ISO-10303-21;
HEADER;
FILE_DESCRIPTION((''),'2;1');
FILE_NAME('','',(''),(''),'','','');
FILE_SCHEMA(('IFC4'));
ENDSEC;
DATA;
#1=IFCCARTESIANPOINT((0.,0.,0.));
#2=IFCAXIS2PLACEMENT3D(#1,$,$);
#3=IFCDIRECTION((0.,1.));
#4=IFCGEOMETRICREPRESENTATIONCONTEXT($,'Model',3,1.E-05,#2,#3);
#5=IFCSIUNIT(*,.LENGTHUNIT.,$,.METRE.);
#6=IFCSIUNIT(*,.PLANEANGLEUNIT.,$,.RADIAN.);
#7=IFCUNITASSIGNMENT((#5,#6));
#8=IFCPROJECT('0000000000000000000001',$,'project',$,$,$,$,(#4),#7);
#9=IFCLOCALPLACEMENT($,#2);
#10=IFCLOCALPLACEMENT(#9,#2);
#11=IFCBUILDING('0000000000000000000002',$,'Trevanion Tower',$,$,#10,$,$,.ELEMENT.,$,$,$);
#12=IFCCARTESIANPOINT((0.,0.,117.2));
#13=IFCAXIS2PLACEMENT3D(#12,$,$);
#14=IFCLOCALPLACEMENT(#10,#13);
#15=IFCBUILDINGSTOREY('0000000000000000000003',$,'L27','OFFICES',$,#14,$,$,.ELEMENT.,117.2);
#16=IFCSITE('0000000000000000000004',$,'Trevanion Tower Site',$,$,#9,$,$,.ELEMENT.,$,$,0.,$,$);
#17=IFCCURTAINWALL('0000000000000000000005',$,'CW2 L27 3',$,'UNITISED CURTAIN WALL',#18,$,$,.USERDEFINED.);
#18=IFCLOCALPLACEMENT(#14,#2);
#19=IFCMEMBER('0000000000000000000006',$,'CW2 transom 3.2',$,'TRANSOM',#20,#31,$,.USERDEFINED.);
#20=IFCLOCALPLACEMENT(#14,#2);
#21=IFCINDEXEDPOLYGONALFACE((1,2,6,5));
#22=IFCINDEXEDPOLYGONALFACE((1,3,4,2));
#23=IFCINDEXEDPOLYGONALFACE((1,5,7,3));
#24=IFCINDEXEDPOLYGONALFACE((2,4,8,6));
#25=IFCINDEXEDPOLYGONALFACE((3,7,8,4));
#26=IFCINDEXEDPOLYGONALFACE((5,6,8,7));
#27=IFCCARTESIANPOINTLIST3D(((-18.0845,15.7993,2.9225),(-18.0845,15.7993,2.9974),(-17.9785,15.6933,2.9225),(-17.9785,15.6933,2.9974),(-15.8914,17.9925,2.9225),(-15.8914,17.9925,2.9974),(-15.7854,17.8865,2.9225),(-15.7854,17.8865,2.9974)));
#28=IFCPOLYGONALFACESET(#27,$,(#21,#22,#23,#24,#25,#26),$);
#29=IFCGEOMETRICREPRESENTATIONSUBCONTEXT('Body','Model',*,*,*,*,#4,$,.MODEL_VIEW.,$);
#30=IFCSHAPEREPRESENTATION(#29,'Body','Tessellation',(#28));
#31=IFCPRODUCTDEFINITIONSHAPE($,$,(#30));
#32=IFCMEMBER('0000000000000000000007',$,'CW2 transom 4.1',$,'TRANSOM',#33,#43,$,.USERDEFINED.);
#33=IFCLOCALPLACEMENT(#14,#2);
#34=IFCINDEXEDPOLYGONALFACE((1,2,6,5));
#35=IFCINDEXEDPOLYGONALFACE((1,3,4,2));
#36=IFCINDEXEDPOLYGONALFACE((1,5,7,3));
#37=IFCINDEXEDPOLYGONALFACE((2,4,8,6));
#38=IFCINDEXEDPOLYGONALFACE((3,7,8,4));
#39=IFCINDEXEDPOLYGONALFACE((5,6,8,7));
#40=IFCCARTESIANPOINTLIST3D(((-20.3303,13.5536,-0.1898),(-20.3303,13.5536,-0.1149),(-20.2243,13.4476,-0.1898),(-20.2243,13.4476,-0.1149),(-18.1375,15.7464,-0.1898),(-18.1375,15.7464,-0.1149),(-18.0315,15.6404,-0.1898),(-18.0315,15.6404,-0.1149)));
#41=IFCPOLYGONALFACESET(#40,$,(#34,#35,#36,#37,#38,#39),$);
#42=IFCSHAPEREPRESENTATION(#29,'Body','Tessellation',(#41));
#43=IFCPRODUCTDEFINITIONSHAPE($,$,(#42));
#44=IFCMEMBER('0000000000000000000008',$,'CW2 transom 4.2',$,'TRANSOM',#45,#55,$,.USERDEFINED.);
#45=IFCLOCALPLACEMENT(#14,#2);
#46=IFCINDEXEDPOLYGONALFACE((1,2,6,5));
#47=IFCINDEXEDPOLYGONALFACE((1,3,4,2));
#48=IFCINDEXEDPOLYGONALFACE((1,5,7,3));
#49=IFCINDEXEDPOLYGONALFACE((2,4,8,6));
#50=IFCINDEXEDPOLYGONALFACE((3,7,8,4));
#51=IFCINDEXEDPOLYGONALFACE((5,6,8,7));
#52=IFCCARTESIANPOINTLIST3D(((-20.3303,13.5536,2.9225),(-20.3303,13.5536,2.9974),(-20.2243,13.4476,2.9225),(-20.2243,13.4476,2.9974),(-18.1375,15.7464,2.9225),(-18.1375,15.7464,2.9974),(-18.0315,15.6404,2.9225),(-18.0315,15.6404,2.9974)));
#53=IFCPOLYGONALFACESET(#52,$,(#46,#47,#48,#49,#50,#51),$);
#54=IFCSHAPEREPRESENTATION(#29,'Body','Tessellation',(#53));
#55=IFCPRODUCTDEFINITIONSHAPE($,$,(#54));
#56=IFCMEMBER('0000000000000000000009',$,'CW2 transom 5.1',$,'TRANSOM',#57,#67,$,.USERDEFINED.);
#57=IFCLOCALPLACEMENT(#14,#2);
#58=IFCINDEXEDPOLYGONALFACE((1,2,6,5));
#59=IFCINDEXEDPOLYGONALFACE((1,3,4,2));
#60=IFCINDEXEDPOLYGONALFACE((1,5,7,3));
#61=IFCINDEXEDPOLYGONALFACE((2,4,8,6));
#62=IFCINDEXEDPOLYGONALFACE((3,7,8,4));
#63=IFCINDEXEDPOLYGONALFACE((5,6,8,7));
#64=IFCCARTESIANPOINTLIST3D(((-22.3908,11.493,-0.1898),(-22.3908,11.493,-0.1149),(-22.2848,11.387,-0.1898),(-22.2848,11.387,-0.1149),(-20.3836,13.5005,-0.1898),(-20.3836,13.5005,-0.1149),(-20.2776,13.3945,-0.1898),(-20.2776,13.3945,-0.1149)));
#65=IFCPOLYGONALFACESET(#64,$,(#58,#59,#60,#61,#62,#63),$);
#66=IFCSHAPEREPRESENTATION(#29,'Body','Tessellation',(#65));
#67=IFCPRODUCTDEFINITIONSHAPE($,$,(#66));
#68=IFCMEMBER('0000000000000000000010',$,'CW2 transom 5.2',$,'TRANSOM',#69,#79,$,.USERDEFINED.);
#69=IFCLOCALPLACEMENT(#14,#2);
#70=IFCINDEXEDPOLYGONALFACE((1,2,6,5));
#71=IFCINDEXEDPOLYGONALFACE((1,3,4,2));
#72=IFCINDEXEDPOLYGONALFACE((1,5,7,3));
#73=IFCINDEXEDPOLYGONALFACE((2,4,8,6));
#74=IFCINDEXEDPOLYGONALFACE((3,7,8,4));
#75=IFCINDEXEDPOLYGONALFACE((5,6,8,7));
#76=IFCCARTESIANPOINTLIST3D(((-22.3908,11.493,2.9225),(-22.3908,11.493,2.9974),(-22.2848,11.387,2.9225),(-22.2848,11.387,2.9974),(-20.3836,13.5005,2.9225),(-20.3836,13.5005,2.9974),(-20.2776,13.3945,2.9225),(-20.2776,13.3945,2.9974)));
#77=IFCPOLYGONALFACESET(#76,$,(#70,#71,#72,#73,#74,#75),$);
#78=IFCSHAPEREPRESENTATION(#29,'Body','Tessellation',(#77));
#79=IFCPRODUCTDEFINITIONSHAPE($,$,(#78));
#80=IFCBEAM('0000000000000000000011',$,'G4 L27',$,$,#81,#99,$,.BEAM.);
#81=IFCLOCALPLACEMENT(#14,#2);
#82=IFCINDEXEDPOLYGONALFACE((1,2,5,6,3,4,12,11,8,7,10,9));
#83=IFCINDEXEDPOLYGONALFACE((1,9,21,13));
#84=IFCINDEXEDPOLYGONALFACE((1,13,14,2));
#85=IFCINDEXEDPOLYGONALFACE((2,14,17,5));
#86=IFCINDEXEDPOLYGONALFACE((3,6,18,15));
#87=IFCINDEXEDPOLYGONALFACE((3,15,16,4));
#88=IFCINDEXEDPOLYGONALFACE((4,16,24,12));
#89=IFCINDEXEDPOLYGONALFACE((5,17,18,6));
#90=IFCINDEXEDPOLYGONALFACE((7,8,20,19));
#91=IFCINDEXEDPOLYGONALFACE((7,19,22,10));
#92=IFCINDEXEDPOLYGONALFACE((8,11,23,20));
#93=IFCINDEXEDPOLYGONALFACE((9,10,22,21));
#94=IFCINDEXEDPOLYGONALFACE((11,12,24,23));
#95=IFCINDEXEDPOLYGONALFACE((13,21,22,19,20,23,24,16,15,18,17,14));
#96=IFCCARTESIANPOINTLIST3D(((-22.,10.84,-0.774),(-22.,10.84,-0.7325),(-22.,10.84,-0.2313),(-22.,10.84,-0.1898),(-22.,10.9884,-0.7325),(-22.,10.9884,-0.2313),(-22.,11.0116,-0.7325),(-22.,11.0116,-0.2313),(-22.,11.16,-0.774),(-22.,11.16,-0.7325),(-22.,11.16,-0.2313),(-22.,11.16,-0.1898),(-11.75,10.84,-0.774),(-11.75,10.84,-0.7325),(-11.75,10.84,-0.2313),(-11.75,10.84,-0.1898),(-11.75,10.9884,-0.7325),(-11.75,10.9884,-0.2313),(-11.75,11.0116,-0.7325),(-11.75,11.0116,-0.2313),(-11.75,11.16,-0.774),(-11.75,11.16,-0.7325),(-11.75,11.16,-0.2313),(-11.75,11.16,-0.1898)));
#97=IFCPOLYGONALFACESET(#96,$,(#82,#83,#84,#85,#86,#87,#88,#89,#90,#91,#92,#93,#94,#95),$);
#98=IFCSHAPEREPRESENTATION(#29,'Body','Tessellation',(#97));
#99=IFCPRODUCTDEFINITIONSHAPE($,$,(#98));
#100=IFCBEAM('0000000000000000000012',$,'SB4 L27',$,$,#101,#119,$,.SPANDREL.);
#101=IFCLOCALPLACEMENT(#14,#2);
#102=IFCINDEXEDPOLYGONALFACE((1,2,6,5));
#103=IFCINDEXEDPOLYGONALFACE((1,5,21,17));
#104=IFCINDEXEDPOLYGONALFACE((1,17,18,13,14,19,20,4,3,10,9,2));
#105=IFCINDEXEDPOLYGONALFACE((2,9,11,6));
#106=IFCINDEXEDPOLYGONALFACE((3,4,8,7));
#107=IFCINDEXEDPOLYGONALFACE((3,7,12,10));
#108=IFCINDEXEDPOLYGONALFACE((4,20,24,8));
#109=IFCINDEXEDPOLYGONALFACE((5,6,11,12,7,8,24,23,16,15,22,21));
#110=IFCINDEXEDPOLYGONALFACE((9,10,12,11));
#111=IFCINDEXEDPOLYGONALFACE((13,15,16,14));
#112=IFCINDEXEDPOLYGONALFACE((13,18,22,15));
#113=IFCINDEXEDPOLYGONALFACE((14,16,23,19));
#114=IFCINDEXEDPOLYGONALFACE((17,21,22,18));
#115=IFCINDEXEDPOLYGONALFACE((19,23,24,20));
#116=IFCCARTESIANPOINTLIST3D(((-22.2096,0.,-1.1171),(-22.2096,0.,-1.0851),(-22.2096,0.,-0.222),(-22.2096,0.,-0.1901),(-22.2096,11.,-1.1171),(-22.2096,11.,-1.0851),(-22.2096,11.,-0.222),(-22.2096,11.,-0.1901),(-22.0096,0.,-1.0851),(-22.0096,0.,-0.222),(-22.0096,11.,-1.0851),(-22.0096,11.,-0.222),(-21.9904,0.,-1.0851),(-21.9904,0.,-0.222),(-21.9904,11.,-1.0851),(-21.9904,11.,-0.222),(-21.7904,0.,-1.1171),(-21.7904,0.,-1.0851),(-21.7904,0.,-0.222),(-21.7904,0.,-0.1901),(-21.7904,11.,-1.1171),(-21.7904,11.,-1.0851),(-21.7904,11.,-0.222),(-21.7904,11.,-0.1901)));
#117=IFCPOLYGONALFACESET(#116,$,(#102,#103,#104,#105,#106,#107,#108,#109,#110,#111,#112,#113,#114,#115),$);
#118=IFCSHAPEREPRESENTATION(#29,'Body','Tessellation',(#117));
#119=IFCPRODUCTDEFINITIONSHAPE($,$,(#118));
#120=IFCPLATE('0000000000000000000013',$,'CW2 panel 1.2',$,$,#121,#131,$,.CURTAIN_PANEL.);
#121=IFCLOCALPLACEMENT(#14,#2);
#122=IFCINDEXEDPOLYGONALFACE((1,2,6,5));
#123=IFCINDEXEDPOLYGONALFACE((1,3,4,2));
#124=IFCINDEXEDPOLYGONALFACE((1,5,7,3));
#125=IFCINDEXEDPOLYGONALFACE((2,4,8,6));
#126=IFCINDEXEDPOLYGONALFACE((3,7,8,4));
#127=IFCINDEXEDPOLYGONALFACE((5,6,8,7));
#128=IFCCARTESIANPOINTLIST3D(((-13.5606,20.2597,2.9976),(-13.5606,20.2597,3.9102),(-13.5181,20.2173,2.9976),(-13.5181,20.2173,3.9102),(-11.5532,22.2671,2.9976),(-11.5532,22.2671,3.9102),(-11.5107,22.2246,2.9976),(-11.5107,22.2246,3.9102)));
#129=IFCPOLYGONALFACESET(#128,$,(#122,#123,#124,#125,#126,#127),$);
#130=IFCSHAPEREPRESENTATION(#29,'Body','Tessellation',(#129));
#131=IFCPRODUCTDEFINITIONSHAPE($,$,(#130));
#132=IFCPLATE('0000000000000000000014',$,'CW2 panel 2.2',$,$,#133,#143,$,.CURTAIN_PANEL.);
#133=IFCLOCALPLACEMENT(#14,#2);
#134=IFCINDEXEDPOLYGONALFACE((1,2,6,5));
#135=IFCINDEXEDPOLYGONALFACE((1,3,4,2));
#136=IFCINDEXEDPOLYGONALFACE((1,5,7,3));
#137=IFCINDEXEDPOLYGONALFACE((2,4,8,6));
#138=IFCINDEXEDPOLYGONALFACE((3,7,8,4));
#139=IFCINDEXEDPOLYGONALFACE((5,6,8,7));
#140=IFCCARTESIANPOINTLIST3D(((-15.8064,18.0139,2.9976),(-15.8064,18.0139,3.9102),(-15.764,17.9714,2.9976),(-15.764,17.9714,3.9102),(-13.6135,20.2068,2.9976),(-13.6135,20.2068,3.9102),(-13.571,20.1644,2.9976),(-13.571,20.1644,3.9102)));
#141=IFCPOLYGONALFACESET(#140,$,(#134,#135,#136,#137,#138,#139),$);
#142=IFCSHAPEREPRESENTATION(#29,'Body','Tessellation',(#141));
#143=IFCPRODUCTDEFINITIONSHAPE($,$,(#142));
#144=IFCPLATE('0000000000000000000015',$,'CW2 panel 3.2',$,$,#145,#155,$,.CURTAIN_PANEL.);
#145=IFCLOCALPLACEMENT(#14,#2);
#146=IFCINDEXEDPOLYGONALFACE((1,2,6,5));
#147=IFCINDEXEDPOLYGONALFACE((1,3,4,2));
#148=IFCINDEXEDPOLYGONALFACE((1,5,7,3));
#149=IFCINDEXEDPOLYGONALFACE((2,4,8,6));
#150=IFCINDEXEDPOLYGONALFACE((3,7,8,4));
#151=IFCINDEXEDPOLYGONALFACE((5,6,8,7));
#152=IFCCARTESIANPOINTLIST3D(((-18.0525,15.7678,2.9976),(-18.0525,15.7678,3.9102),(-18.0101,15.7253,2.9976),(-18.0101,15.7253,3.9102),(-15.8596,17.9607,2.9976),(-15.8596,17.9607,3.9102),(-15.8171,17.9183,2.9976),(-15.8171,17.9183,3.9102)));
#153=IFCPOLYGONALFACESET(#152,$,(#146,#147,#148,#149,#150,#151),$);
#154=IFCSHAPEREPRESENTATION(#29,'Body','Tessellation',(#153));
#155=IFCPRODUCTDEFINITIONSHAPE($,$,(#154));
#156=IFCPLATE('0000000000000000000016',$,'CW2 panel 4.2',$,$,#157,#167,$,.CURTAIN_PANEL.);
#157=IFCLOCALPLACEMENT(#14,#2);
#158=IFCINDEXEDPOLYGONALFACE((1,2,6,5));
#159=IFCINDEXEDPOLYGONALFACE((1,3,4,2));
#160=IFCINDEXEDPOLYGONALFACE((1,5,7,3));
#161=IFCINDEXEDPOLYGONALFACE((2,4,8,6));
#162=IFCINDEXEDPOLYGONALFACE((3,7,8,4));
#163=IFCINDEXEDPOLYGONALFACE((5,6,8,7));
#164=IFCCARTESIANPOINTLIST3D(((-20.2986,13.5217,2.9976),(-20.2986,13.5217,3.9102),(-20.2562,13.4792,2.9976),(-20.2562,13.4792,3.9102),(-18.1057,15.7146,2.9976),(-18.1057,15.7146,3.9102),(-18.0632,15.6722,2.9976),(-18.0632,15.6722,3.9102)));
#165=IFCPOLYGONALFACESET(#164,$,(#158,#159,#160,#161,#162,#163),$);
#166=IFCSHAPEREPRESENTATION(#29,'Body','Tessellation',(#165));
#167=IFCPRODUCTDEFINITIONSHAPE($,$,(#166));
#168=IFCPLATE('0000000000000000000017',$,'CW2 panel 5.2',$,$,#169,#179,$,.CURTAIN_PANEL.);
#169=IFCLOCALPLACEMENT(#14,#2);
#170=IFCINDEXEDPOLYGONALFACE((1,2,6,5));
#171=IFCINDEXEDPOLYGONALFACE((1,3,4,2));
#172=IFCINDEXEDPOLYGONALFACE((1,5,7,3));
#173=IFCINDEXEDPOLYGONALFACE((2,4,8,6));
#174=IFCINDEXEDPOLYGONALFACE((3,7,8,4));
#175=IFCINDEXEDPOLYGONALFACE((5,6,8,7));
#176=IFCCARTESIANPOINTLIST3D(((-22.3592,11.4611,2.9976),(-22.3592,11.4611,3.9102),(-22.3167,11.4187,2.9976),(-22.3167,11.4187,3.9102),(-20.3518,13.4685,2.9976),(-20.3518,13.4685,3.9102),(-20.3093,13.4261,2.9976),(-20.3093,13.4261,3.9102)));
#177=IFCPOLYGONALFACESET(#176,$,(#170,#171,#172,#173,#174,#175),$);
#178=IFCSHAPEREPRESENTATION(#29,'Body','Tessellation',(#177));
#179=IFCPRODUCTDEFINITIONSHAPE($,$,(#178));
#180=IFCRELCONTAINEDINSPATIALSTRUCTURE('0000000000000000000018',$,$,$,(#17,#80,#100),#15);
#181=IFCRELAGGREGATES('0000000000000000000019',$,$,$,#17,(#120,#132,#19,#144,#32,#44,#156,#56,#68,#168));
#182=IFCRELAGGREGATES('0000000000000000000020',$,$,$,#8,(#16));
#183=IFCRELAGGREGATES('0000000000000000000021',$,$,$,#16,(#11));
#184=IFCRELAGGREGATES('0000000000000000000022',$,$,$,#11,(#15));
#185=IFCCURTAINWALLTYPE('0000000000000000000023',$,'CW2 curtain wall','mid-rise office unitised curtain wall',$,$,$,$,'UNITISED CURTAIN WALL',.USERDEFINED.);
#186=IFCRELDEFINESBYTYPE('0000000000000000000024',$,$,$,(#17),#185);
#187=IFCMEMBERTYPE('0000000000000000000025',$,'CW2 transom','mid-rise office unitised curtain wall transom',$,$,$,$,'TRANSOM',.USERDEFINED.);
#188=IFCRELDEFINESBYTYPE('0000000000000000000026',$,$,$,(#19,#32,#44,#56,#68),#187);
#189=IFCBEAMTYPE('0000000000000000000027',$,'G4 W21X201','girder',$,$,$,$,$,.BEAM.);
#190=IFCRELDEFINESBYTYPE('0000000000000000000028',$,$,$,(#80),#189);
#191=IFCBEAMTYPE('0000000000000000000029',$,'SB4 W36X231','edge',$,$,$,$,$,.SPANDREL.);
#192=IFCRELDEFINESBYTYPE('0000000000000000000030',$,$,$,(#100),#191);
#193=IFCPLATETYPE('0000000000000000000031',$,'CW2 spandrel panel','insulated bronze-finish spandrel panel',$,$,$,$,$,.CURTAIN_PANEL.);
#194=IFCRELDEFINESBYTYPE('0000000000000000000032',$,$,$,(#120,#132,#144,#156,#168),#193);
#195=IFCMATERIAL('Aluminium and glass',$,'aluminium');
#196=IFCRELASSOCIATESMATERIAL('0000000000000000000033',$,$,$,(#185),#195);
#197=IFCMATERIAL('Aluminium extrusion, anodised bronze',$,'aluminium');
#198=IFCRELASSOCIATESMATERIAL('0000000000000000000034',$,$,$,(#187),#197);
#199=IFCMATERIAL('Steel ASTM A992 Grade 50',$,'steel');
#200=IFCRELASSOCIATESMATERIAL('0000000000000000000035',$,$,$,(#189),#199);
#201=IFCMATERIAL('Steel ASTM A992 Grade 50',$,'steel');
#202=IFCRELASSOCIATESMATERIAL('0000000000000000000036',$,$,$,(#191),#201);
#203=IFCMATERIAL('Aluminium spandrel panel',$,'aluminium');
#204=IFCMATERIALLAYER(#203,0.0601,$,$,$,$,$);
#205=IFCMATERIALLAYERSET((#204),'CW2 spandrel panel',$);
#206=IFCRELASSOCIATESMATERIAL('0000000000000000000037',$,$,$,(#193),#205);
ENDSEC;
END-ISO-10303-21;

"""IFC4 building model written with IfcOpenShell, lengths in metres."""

from ifc_helpers import new_model, si_unit, direction, frame, origin, origin_2d, place, context, subcontext, project, spatial, rectangle, i_section, extrude, material, layer, layer_set, material_profile, profile_set, type_object, element, aggregate, save


model = new_model("IFC4")

# Units and contexts
model_context = context("Model", 3, precision=1e-05, world=origin(), true_north=direction((0.0, 1.0)))
body_context = subcontext(model_context, "Body", "Model", "MODEL_VIEW")
ifc_project = project(units=[si_unit("LENGTHUNIT", "METRE"), si_unit("PLANEANGLEUNIT", "RADIAN")], contexts=[model_context])

# Site, building, storey
site_placement = place(None, origin())
site = spatial("IfcSite", under=ifc_project, at=site_placement, Name="Trevanion Tower Site", CompositionType="ELEMENT", RefElevation=0.0)
building_placement = place(site_placement, origin())
building = spatial("IfcBuilding", under=site, at=building_placement, Name="Trevanion Tower", CompositionType="ELEMENT")
storey_placement = place(building_placement, frame((0.0, 0.0, 117.2)))
storey = spatial("IfcBuildingStorey", under=building, at=storey_placement, Name="L27", Description="OFFICES", CompositionType="ELEMENT", Elevation=117.2)

# Curtain wall, members
ifc_material_1 = material(Name="Aluminium and glass", Category="aluminium")
curtain_wall_type = type_object("IfcCurtainWallType", Name="CW2 curtain wall", Description="mid-rise office unitised curtain wall", ElementType="UNITISED CURTAIN WALL", PredefinedType="USERDEFINED", material=ifc_material_1)
curtain_wall_placement = place(storey_placement, origin())
curtain_wall = element("IfcCurtainWall", 1, at=curtain_wall_placement, inside=storey, type_object=curtain_wall_type, Name="CW2 L27 3", ObjectType="UNITISED CURTAIN WALL", PredefinedType="USERDEFINED")
ifc_material_2 = material(Name="Aluminium extrusion, anodised bronze", Category="aluminium")
ifc_material_profile_1 = material_profile(ifc_material_2, rectangle(XDim=0.1499, YDim=0.075, at=origin_2d()), Name="CW2 transom")
ifc_profile_set_1 = profile_set([ifc_material_profile_1], Name="Aluminium extrusion, anodised bronze")
member_type_1 = type_object("IfcMemberType", Name="CW2 transom", Description="mid-rise office unitised curtain wall transom", ElementType="TRANSOM", PredefinedType="USERDEFINED", material=ifc_profile_set_1)
member_1_placement = place(storey_placement, frame((-15.8384, 17.9395, 2.96), z_axis=(-0.707107, -0.707107, 0.0), x_axis=(0.707107, -0.707107, 0.0)))
member_1 = element("IfcMember", 2, at=member_1_placement, type_object=member_type_1, Name="CW2 transom 3.2", ObjectType="TRANSOM", PredefinedType="USERDEFINED", context=body_context, shape_type="SweptSolid", body=[
    extrude(rectangle(XDim=0.1499, YDim=0.075, at=origin_2d()), origin(), (0.0, 0.0, 1.0), 3.1016),
])
member_2_placement = place(storey_placement, frame((-18.0845, 15.6934, -0.1523), z_axis=(-0.707107, -0.707107, 0.0), x_axis=(0.707107, -0.707107, 0.0)))
member_2 = element("IfcMember", 3, at=member_2_placement, type_object=member_type_1, Name="CW2 transom 4.1", ObjectType="TRANSOM", PredefinedType="USERDEFINED", context=body_context, shape_type="SweptSolid", body=[
    extrude(rectangle(XDim=0.1499, YDim=0.075, at=origin_2d()), origin(), (0.0, 0.0, 1.0), 3.1011),
])
member_3_placement = place(storey_placement, frame((-18.0845, 15.6934, 2.96), z_axis=(-0.707107, -0.707107, 0.0), x_axis=(0.707107, -0.707107, 0.0)))
member_3 = element("IfcMember", 4, at=member_3_placement, type_object=member_type_1, Name="CW2 transom 4.2", ObjectType="TRANSOM", PredefinedType="USERDEFINED", context=body_context, shape_type="SweptSolid", body=[
    extrude(rectangle(XDim=0.1499, YDim=0.075, at=origin_2d()), origin(), (0.0, 0.0, 1.0), 3.1011),
])
member_4_placement = place(storey_placement, frame((-20.3306, 13.4475, -0.1523), z_axis=(-0.707064, -0.70715, 0.0), x_axis=(0.70715, -0.707064, 0.0)))
member_4 = element("IfcMember", 5, at=member_4_placement, type_object=member_type_1, Name="CW2 transom 5.1", ObjectType="TRANSOM", PredefinedType="USERDEFINED", context=body_context, shape_type="SweptSolid", body=[
    extrude(rectangle(XDim=0.1499, YDim=0.075, at=origin_2d()), origin(), (0.0, 0.0, 1.0), 2.8389),
])
member_5_placement = place(storey_placement, frame((-20.3306, 13.4475, 2.96), z_axis=(-0.707064, -0.70715, 0.0), x_axis=(0.70715, -0.707064, 0.0)))
member_5 = element("IfcMember", 6, at=member_5_placement, type_object=member_type_1, Name="CW2 transom 5.2", ObjectType="TRANSOM", PredefinedType="USERDEFINED", context=body_context, shape_type="SweptSolid", body=[
    extrude(rectangle(XDim=0.1499, YDim=0.075, at=origin_2d()), origin(), (0.0, 0.0, 1.0), 2.8389),
])

# Beams
ifc_material_3 = material(Name="Steel ASTM A992 Grade 50", Category="steel")
ifc_material_profile_2 = material_profile(ifc_material_3, i_section(OverallWidth=0.3201, OverallDepth=0.5842, WebThickness=0.0232, FlangeThickness=0.0415, at=origin_2d()), Name="W21X201")
ifc_profile_set_2 = profile_set([ifc_material_profile_2], Name="Steel ASTM A992 Grade 50")
beam_type_1 = type_object("IfcBeamType", Name="G4 W21X201", Description="girder", PredefinedType="BEAM", material=ifc_profile_set_2)
beam_1_placement = place(storey_placement, frame((-11.75, 11.0, -0.4819), z_axis=(-1.0, 0.0, 0.0), x_axis=(0.0, -1.0, 0.0)))
element("IfcBeam", 7, at=beam_1_placement, inside=storey, type_object=beam_type_1, Name="G4 L27", PredefinedType="BEAM", context=body_context, shape_type="SweptSolid", body=[
    extrude(i_section(OverallWidth=0.3201, OverallDepth=0.5842, WebThickness=0.0232, FlangeThickness=0.0415, at=origin_2d()), origin(), (0.0, 0.0, 1.0), 10.25),
])
ifc_material_4 = material(Name="Steel ASTM A992 Grade 50", Category="steel")
ifc_material_profile_3 = material_profile(ifc_material_4, i_section(OverallWidth=0.4192, OverallDepth=0.927, WebThickness=0.0193, FlangeThickness=0.032, at=origin_2d()), Name="W36X231")
ifc_profile_set_3 = profile_set([ifc_material_profile_3], Name="Steel ASTM A992 Grade 50")
beam_type_2 = type_object("IfcBeamType", Name="SB4 W36X231", Description="edge", PredefinedType="SPANDREL", material=ifc_profile_set_3)
beam_2_placement = place(storey_placement, frame((-22.0, 11.0, -0.6536), z_axis=(0.0, -1.0, 0.0), x_axis=(1.0, 0.0, 0.0)))
element("IfcBeam", 8, at=beam_2_placement, inside=storey, type_object=beam_type_2, Name="SB4 L27", PredefinedType="SPANDREL", context=body_context, shape_type="SweptSolid", body=[
    extrude(i_section(OverallWidth=0.4192, OverallDepth=0.927, WebThickness=0.0193, FlangeThickness=0.032, at=origin_2d()), origin(), (0.0, 0.0, 1.0), 11.0),
])

# Plates
ifc_material_5 = material(Name="Aluminium spandrel panel", Category="aluminium")
ifc_layer_1 = layer(ifc_material_5, 0.0601)
ifc_layer_set_1 = layer_set([ifc_layer_1], Name="CW2 spandrel panel")
plate_type_1 = type_object("IfcPlateType", Name="CW2 spandrel panel", Description="insulated bronze-finish spandrel panel", PredefinedType="CURTAIN_PANEL", material=ifc_layer_set_1)
plate_1_placement = place(storey_placement, frame((-12.5356, 21.2422, 2.9976), z_axis=(0.0, 0.0, 1.0), x_axis=(-0.707107, -0.707107, 0.0)))
plate_1 = element("IfcPlate", 9, at=plate_1_placement, type_object=plate_type_1, Name="CW2 panel 1.2", PredefinedType="CURTAIN_PANEL", context=body_context, shape_type="SweptSolid", body=[
    extrude(rectangle(XDim=2.8389, YDim=0.0601, at=origin_2d()), origin(), (0.0, 0.0, 1.0), 0.9126),
])
plate_2_placement = place(storey_placement, frame((-14.6887, 19.0891, 2.9976), z_axis=(0.0, 0.0, 1.0), x_axis=(-0.707107, -0.707107, 0.0)))
plate_2 = element("IfcPlate", 10, at=plate_2_placement, type_object=plate_type_1, Name="CW2 panel 2.2", PredefinedType="CURTAIN_PANEL", context=body_context, shape_type="SweptSolid", body=[
    extrude(rectangle(XDim=3.1013, YDim=0.0601, at=origin_2d()), origin(), (0.0, 0.0, 1.0), 0.9126),
])
plate_3_placement = place(storey_placement, frame((-16.9348, 16.843, 2.9976), z_axis=(0.0, 0.0, 1.0), x_axis=(-0.707107, -0.707107, 0.0)))
plate_3 = element("IfcPlate", 11, at=plate_3_placement, type_object=plate_type_1, Name="CW2 panel 3.2", PredefinedType="CURTAIN_PANEL", context=body_context, shape_type="SweptSolid", body=[
    extrude(rectangle(XDim=3.1013, YDim=0.0601, at=origin_2d()), origin(), (0.0, 0.0, 1.0), 0.9126),
])
plate_4_placement = place(storey_placement, frame((-19.1809, 14.5969, 2.9976), z_axis=(0.0, 0.0, 1.0), x_axis=(-0.707107, -0.707107, 0.0)))
plate_4 = element("IfcPlate", 12, at=plate_4_placement, type_object=plate_type_1, Name="CW2 panel 4.2", PredefinedType="CURTAIN_PANEL", context=body_context, shape_type="SweptSolid", body=[
    extrude(rectangle(XDim=3.1013, YDim=0.0601, at=origin_2d()), origin(), (0.0, 0.0, 1.0), 0.9126),
])
plate_5_placement = place(storey_placement, frame((-21.3342, 12.4436, 2.9976), z_axis=(0.0, 0.0, 1.0), x_axis=(-0.707107, -0.707107, 0.0)))
plate_5 = element("IfcPlate", 13, at=plate_5_placement, type_object=plate_type_1, Name="CW2 panel 5.2", PredefinedType="CURTAIN_PANEL", context=body_context, shape_type="SweptSolid", body=[
    extrude(rectangle(XDim=2.8389, YDim=0.0601, at=origin_2d()), origin(), (0.0, 0.0, 1.0), 0.9126),
])
aggregate(curtain_wall, [plate_1, plate_2, member_1, plate_3, member_2, member_3, plate_4, member_4, member_5, plate_5])

save(model, "model.ifc")
